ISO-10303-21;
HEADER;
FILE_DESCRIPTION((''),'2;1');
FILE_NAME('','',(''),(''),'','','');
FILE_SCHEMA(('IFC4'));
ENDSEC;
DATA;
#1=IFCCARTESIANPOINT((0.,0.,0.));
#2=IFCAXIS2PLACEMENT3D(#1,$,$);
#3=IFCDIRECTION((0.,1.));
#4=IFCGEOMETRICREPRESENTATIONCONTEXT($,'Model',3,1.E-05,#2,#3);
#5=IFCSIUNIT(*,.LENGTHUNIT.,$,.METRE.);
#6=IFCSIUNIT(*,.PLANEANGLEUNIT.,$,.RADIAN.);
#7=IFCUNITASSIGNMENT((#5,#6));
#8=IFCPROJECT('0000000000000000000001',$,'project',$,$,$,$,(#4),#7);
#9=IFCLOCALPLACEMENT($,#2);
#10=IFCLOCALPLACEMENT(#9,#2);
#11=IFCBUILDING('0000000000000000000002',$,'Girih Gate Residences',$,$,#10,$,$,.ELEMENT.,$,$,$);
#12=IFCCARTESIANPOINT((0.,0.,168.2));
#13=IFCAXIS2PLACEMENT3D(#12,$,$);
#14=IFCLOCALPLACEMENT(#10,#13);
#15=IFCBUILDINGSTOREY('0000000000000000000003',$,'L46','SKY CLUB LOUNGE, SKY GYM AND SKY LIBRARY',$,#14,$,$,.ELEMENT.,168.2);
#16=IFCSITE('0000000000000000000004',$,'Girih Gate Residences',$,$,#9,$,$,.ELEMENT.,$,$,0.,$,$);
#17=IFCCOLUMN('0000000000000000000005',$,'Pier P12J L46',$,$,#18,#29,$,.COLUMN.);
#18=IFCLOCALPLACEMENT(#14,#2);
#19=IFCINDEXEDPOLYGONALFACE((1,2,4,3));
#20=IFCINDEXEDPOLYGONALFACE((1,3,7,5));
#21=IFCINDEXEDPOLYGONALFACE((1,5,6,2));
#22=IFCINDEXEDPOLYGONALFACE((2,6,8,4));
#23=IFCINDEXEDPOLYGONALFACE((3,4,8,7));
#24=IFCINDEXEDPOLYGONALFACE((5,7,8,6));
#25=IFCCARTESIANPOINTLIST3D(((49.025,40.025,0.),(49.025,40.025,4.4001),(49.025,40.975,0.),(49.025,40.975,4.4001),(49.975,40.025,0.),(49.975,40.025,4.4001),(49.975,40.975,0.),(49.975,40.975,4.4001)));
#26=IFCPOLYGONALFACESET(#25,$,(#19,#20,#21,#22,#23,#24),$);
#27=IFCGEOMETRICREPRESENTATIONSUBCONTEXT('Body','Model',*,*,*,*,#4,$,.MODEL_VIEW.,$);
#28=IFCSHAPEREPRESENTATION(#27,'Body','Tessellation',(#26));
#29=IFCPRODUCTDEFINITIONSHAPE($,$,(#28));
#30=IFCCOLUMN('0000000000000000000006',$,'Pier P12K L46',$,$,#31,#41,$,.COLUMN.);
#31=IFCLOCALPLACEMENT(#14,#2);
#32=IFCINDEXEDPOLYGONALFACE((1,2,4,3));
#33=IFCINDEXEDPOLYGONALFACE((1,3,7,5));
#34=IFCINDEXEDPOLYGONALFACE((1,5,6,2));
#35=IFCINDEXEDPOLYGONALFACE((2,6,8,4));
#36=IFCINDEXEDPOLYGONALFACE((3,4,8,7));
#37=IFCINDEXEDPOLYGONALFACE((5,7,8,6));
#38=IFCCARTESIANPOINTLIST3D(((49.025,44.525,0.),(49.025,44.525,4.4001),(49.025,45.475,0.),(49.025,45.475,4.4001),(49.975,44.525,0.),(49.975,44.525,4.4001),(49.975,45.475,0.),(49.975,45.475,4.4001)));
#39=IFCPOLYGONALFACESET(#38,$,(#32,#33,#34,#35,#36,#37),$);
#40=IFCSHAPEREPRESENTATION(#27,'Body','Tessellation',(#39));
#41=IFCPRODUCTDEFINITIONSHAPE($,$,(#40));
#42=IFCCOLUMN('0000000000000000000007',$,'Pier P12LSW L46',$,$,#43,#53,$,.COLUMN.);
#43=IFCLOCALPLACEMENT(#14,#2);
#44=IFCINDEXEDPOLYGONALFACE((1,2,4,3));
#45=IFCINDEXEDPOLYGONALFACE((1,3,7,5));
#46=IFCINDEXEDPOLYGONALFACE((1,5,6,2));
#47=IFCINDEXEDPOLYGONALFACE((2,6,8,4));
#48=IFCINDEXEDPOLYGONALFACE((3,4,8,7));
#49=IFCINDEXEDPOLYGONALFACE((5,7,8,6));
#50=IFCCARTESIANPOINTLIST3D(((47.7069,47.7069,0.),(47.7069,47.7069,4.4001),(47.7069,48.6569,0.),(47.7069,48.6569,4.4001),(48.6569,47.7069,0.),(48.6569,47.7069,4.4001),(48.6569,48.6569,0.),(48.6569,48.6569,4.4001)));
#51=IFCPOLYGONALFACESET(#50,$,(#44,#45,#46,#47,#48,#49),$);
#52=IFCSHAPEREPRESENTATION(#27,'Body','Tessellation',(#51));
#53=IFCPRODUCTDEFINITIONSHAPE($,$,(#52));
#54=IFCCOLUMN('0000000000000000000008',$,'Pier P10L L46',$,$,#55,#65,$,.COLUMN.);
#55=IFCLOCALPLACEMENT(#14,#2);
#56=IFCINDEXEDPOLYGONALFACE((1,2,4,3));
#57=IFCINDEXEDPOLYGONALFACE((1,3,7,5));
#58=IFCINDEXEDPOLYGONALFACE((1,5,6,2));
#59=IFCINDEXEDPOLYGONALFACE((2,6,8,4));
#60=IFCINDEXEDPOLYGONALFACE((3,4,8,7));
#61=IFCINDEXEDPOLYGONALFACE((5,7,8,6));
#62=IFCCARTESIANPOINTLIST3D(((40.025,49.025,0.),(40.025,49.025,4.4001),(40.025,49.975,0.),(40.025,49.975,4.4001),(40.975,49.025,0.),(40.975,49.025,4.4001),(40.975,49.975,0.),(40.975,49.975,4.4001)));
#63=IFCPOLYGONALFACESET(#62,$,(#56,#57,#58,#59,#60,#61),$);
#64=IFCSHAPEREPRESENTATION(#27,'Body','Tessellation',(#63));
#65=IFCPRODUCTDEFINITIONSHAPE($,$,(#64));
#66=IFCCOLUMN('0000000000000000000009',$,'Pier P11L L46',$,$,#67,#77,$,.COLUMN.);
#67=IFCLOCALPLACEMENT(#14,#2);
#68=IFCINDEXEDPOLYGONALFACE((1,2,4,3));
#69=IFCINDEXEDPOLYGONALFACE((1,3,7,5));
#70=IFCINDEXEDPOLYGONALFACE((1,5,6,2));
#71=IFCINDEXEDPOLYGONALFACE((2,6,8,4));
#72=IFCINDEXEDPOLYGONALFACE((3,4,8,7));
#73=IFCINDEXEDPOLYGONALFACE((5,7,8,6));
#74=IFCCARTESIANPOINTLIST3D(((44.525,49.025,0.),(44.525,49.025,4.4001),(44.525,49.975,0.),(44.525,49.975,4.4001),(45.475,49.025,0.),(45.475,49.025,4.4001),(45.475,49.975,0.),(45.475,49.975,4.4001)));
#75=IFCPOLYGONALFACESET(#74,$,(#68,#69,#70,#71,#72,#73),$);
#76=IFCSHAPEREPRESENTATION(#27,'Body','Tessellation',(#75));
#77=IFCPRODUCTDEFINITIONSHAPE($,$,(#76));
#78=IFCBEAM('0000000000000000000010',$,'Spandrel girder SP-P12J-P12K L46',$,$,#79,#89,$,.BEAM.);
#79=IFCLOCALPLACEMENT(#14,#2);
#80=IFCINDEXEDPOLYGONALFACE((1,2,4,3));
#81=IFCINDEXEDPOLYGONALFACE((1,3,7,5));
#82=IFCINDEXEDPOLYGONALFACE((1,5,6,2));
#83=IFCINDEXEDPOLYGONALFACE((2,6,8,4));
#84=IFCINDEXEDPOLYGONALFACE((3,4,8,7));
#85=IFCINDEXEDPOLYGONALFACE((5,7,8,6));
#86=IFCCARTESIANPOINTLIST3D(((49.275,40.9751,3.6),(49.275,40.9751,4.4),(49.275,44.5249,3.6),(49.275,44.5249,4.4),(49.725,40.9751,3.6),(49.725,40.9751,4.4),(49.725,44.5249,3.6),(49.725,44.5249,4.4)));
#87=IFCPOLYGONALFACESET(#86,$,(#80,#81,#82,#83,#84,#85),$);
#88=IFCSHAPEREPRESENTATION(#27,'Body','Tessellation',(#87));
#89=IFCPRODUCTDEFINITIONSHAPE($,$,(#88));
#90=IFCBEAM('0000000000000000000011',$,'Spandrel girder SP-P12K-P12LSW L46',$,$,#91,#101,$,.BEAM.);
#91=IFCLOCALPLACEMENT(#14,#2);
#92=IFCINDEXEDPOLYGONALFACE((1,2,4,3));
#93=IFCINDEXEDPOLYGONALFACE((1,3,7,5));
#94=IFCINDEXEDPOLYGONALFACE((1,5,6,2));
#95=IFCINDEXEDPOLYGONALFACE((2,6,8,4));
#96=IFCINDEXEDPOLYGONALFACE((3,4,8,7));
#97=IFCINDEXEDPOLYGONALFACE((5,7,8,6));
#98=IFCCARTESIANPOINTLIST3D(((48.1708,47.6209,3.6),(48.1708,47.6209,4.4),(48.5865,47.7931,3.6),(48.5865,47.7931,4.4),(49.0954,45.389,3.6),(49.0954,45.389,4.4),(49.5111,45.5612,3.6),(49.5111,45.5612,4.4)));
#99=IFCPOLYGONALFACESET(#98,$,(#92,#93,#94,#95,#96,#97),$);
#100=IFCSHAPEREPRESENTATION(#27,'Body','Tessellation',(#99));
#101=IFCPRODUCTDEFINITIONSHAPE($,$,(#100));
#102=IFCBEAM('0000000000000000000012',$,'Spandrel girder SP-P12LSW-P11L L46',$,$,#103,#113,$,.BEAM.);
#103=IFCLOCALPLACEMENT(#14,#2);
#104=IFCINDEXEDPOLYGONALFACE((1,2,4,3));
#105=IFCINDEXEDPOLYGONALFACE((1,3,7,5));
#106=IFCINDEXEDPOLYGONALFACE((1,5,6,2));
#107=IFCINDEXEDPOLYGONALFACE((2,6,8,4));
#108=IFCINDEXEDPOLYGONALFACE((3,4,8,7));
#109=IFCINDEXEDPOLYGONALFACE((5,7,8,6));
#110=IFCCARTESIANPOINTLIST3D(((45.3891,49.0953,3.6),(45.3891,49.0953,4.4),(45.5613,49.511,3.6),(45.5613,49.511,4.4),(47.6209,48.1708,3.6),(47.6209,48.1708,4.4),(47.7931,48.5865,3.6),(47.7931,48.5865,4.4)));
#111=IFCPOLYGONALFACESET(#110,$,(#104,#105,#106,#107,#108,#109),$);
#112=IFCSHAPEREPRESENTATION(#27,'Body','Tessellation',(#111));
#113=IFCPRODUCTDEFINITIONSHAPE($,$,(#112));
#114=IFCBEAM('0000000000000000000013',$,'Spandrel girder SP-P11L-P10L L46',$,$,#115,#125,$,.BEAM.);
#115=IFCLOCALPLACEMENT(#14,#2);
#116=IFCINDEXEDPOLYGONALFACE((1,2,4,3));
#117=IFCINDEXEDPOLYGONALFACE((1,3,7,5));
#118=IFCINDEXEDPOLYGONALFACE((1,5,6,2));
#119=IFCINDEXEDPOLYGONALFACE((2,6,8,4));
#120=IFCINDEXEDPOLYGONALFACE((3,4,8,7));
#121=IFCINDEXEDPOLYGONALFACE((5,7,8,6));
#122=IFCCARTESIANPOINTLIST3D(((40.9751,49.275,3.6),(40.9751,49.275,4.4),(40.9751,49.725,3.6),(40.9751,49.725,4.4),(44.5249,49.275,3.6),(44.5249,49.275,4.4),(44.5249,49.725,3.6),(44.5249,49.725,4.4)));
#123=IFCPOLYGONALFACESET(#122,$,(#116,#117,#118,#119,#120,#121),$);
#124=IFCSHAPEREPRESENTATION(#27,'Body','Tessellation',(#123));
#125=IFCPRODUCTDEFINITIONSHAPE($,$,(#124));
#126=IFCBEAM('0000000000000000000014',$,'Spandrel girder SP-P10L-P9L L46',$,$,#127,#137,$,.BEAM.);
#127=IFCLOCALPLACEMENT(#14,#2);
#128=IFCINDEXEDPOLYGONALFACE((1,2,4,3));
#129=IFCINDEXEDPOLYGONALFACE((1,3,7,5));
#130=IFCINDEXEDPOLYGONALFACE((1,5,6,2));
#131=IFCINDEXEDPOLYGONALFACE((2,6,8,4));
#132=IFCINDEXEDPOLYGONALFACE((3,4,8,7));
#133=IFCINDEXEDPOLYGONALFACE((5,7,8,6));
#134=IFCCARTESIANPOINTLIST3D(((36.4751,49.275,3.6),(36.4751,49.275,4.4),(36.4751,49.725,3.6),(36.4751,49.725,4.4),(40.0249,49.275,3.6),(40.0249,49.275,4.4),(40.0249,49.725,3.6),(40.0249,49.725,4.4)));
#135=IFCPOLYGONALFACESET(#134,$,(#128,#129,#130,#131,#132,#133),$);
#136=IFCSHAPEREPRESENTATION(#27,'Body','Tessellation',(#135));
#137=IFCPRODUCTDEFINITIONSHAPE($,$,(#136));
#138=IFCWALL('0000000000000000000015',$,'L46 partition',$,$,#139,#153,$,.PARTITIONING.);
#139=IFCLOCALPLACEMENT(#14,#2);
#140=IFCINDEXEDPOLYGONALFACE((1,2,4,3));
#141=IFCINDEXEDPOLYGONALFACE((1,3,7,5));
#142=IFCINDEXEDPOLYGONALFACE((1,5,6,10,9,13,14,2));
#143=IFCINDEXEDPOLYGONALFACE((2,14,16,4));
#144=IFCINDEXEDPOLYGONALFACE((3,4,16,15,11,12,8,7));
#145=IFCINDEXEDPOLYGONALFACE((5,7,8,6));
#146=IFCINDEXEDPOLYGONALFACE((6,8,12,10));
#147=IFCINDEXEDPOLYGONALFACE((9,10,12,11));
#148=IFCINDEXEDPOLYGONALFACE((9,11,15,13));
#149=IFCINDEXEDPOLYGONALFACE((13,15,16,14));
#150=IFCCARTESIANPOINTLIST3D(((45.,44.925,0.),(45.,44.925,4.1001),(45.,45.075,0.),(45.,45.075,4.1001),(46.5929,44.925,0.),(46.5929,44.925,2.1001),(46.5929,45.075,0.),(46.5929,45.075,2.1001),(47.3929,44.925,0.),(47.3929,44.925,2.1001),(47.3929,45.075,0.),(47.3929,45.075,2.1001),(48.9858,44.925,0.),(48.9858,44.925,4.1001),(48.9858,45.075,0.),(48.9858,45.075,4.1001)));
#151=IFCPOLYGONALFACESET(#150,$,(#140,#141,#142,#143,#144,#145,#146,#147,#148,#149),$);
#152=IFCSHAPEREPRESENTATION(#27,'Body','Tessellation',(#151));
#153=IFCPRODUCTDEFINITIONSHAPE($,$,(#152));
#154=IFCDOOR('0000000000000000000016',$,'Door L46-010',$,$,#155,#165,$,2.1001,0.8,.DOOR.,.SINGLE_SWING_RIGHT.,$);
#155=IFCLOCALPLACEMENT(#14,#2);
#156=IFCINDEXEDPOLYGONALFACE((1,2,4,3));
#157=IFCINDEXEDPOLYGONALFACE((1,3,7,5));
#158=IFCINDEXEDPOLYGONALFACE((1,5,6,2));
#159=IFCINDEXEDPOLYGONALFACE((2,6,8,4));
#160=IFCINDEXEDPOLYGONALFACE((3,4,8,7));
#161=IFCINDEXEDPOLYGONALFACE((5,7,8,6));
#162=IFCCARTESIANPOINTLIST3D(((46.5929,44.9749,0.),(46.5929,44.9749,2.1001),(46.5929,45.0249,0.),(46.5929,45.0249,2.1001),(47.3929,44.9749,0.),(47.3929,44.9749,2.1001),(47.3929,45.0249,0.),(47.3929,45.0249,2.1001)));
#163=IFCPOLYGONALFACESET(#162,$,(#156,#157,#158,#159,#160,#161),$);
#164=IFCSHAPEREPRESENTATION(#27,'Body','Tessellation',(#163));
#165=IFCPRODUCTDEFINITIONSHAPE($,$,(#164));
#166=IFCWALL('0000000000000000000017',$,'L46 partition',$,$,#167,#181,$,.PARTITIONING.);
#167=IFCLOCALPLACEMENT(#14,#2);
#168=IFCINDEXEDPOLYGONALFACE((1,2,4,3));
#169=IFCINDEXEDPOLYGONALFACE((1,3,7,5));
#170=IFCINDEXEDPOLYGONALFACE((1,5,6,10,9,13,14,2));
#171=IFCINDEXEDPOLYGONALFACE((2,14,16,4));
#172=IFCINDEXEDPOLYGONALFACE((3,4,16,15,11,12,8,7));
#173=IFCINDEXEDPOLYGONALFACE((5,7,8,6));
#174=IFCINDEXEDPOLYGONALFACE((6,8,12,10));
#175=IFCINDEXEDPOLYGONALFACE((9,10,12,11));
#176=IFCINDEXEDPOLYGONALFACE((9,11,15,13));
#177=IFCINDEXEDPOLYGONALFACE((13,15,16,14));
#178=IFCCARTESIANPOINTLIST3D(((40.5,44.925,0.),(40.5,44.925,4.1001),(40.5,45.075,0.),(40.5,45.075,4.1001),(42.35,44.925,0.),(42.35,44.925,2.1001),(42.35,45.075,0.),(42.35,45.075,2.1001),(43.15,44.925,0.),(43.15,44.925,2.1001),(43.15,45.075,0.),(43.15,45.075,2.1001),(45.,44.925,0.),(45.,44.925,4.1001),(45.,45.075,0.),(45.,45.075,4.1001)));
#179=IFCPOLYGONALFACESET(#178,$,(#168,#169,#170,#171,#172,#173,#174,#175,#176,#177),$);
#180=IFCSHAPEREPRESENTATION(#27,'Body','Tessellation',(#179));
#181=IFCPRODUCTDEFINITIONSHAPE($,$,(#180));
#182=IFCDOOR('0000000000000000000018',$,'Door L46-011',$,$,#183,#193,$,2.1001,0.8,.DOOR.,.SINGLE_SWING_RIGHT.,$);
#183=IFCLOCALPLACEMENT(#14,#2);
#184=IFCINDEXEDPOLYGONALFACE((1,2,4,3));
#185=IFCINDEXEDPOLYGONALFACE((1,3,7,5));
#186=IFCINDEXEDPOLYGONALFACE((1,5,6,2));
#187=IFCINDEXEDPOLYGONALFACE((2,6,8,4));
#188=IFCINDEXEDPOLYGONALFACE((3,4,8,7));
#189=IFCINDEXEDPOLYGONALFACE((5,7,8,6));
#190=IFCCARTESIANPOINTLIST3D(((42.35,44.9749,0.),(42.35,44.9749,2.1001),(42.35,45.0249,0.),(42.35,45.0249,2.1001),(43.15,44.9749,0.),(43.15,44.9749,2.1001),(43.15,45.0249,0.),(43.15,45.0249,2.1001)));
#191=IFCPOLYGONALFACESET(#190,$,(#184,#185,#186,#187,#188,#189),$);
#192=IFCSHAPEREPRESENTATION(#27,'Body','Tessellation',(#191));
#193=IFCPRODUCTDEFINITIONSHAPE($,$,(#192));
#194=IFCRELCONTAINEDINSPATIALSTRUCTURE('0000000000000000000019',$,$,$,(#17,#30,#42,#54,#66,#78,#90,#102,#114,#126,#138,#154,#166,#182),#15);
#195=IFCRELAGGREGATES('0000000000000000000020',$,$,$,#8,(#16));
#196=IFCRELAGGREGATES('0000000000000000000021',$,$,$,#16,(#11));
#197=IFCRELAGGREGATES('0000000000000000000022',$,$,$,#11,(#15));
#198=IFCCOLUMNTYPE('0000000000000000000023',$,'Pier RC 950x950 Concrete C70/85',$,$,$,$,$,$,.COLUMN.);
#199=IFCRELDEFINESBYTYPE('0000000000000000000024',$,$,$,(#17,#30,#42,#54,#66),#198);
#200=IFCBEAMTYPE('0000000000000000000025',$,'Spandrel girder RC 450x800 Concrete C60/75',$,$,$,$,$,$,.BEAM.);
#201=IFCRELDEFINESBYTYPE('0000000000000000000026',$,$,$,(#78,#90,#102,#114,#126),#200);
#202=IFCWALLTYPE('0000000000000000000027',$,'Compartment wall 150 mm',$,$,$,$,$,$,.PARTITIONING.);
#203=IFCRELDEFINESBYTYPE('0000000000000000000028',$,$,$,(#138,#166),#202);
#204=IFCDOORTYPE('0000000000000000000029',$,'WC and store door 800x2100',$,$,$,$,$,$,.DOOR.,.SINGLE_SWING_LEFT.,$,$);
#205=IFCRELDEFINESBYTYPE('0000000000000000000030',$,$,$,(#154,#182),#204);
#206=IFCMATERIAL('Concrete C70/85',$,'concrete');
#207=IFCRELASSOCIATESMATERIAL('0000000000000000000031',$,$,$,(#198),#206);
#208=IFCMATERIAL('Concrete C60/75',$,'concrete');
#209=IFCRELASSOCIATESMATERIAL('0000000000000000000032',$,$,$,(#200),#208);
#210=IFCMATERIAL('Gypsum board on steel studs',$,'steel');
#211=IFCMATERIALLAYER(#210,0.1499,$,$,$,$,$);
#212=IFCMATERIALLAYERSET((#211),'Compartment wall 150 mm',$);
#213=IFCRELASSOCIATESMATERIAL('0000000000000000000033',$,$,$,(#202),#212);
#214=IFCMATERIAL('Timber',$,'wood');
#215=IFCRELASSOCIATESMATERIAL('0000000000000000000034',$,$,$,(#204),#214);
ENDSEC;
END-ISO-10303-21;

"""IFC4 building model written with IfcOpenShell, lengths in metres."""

from ifc_helpers import new_model, si_unit, direction, frame, frame_2d, origin, origin_2d, place, context, subcontext, project, spatial, rectangle, extrude, material, layer, layer_set, material_profile, profile_set, type_object, element, fill, save


model = new_model("IFC4")

# Units and contexts
model_context = context("Model", 3, precision=1e-05, world=origin(), true_north=direction((0.0, 1.0)))
body_context = subcontext(model_context, "Body", "Model", "MODEL_VIEW")
ifc_project = project(units=[si_unit("LENGTHUNIT", "METRE"), si_unit("PLANEANGLEUNIT", "RADIAN")], contexts=[model_context])

# Site, building, storey
site_placement = place(None, origin())
site = spatial("IfcSite", under=ifc_project, at=site_placement, Name="Girih Gate Residences", CompositionType="ELEMENT", RefElevation=0.0)
building_placement = place(site_placement, origin())
building = spatial("IfcBuilding", under=site, at=building_placement, Name="Girih Gate Residences", CompositionType="ELEMENT")
storey_placement = place(building_placement, frame((0.0, 0.0, 168.2)))
storey = spatial("IfcBuildingStorey", under=building, at=storey_placement, Name="L46", Description="SKY CLUB LOUNGE, SKY GYM AND SKY LIBRARY", CompositionType="ELEMENT", Elevation=168.2)

# Columns
ifc_material_1 = material(Name="Concrete C70/85", Category="concrete")
ifc_material_profile_1 = material_profile(ifc_material_1, rectangle(XDim=0.95, YDim=0.95, at=origin_2d()))
ifc_profile_set_1 = profile_set([ifc_material_profile_1], Name="Concrete C70/85")
column_type = type_object("IfcColumnType", Name="Pier RC 950x950 Concrete C70/85", PredefinedType="COLUMN", material=ifc_profile_set_1)
for number, where, z_axis, x_axis, name in (
    (1, (49.5, 40.5, 0.0), (0.0, 0.0, 1.0), (1.0, 0.0, 0.0), "Pier P12J L46"),
    (2, (49.5, 45.0, 0.0), (0.0, 0.0, 1.0), (1.0, 0.0, 0.0), "Pier P12K L46"),
    (3, (48.1819, 48.1819, 0.0), (0.0, 0.0, 1.0), (1.0, 0.0, 0.0), "Pier P12LSW L46"),
    (4, (40.5, 49.5, 0.0), (0.0, 0.0, 1.0), (1.0, 0.0, 0.0), "Pier P10L L46"),
    (5, (45.0, 49.5, 0.0), (0.0, 0.0, 1.0), (1.0, 0.0, 0.0), "Pier P11L L46"),
):
    element("IfcColumn", number, at=place(storey_placement, frame(where, z_axis=z_axis, x_axis=x_axis)), inside=storey, type_object=column_type, Name=name, PredefinedType="COLUMN", context=body_context, shape_type="SweptSolid", body=[
        extrude(rectangle(XDim=0.95, YDim=0.95, at=origin_2d()), origin(), (0.0, 0.0, 1.0), 4.4001),
    ])

# Beams
ifc_material_2 = material(Name="Concrete C60/75", Category="concrete")
ifc_material_profile_2 = material_profile(ifc_material_2, rectangle(XDim=0.45, YDim=0.8, at=origin_2d()))
ifc_profile_set_2 = profile_set([ifc_material_profile_2], Name="Concrete C60/75")
beam_type = type_object("IfcBeamType", Name="Spandrel girder RC 450x800 Concrete C60/75", PredefinedType="BEAM", material=ifc_profile_set_2)
beam_placement = place(storey_placement, frame((49.5, 40.9751, 4.0), z_axis=(0.0, 1.0, 0.0), x_axis=(-1.0, 0.0, 0.0)))
element("IfcBeam", 6, at=beam_placement, inside=storey, type_object=beam_type, Name="Spandrel girder SP-P12J-P12K L46", PredefinedType="BEAM", context=body_context, shape_type="SweptSolid", body=[
    extrude(rectangle(XDim=0.45, YDim=0.8, at=origin_2d()), origin(), (0.0, 0.0, 1.0), 3.5498),
])
for number, where, z_axis, x_axis, name in (
    (7, (49.3032, 45.4751, 4.0), (-0.382706, 0.92387, 0.0), (-0.92387, -0.382706, 0.0), "Spandrel girder SP-P12K-P12LSW L46"),
    (8, (47.707, 48.3787, 4.0), (-0.92387, 0.382706, 0.0), (-0.382706, -0.92387, 0.0), "Spandrel girder SP-P12LSW-P11L L46"),
):
    element("IfcBeam", number, at=place(storey_placement, frame(where, z_axis=z_axis, x_axis=x_axis)), inside=storey, type_object=beam_type, Name=name, PredefinedType="BEAM", context=body_context, shape_type="SweptSolid", body=[
        extrude(rectangle(XDim=0.45, YDim=0.8, at=origin_2d()), origin(), (0.0, 0.0, 1.0), 2.4158),
    ])
for number, where, z_axis, x_axis, name in (
    (9, (44.5249, 49.5, 4.0), (-1.0, 0.0, 0.0), (0.0, -1.0, 0.0), "Spandrel girder SP-P11L-P10L L46"),
    (10, (40.0249, 49.5, 4.0), (-1.0, 0.0, 0.0), (0.0, -1.0, 0.0), "Spandrel girder SP-P10L-P9L L46"),
):
    element("IfcBeam", number, at=place(storey_placement, frame(where, z_axis=z_axis, x_axis=x_axis)), inside=storey, type_object=beam_type, Name=name, PredefinedType="BEAM", context=body_context, shape_type="SweptSolid", body=[
        extrude(rectangle(XDim=0.45, YDim=0.8, at=origin_2d()), origin(), (0.0, 0.0, 1.0), 3.5498),
    ])

# Walls, openings, doors
ifc_material_3 = material(Name="Gypsum board on steel studs", Category="steel")
ifc_layer_1 = layer(ifc_material_3, 0.1499)
ifc_layer_set_1 = layer_set([ifc_layer_1], Name="Compartment wall 150 mm")
wall_type_1 = type_object("IfcWallType", Name="Compartment wall 150 mm", PredefinedType="PARTITIONING", material=ifc_layer_set_1)
wall_1_placement = place(storey_placement, frame((45.0, 45.0, 0.0), z_axis=(0.0, 0.0, 1.0), x_axis=(1.0, 0.0, 0.0)))
wall_1 = element("IfcWall", 11, at=wall_1_placement, inside=storey, type_object=wall_type_1, Name="L46 partition", PredefinedType="PARTITIONING", context=body_context, shape_type="SweptSolid", body=[
    extrude(rectangle(XDim=3.9858, YDim=0.1499, at=frame_2d((1.9929, 0.0))), origin(), (0.0, 0.0, 1.0), 4.1001),
])
opening_1_placement = place(wall_1_placement, frame((1.593, 0.0, 0.0)))
opening_1 = element("IfcOpeningElement", 12, at=opening_1_placement, cuts=wall_1, PredefinedType="OPENING", context=body_context, shape_type="SweptSolid", body=[
    extrude(rectangle(XDim=0.8, YDim=2.1001, at=frame_2d((0.3999, 1.05))), frame((0.0, 0.085, 0.0), z_axis=(0.0, -1.0, 0.0), x_axis=(1.0, 0.0, 0.0)), (0.0, 0.0, 1.0), 0.1699),
])
ifc_material_4 = material(Name="Timber", Category="wood")
door_type = type_object("IfcDoorType", Name="WC and store door 800x2100", OperationType="SINGLE_SWING_LEFT", PredefinedType="DOOR", material=ifc_material_4)
door_1_placement = place(opening_1_placement, origin())
door_1 = element("IfcDoor", 13, at=door_1_placement, inside=storey, type_object=door_type, Name="Door L46-010", OperationType="SINGLE_SWING_RIGHT", OverallHeight=2.1001, OverallWidth=0.8, PredefinedType="DOOR", context=body_context, shape_type="SweptSolid", body=[
    extrude(rectangle(XDim=0.8, YDim=2.1001, at=frame_2d((0.3999, 1.05))), frame((0.0, 0.0249, 0.0), z_axis=(0.0, -1.0, 0.0), x_axis=(1.0, 0.0, 0.0)), (0.0, 0.0, 1.0), 0.05),
])
fill(opening_1, door_1)
wall_2_placement = place(storey_placement, frame((40.5, 45.0, 0.0), z_axis=(0.0, 0.0, 1.0), x_axis=(1.0, 0.0, 0.0)))
wall_2 = element("IfcWall", 14, at=wall_2_placement, inside=storey, type_object=wall_type_1, Name="L46 partition", PredefinedType="PARTITIONING", context=body_context, shape_type="SweptSolid", body=[
    extrude(rectangle(XDim=4.5, YDim=0.1499, at=frame_2d((2.25, 0.0))), origin(), (0.0, 0.0, 1.0), 4.1001),
])
opening_2_placement = place(wall_2_placement, frame((1.8501, 0.0, 0.0)))
opening_2 = element("IfcOpeningElement", 15, at=opening_2_placement, cuts=wall_2, PredefinedType="OPENING", context=body_context, shape_type="SweptSolid", body=[
    extrude(rectangle(XDim=0.8, YDim=2.1001, at=frame_2d((0.3999, 1.05))), frame((0.0, 0.085, 0.0), z_axis=(0.0, -1.0, 0.0), x_axis=(1.0, 0.0, 0.0)), (0.0, 0.0, 1.0), 0.1699),
])
door_2_placement = place(opening_2_placement, origin())
door_2 = element("IfcDoor", 16, at=door_2_placement, inside=storey, type_object=door_type, Name="Door L46-011", OperationType="SINGLE_SWING_RIGHT", OverallHeight=2.1001, OverallWidth=0.8, PredefinedType="DOOR", context=body_context, shape_type="SweptSolid", body=[
    extrude(rectangle(XDim=0.8, YDim=2.1001, at=frame_2d((0.3999, 1.05))), frame((0.0, 0.0249, 0.0), z_axis=(0.0, -1.0, 0.0), x_axis=(1.0, 0.0, 0.0)), (0.0, 0.0, 1.0), 0.05),
])
fill(opening_2, door_2)

save(model, "model.ifc")
